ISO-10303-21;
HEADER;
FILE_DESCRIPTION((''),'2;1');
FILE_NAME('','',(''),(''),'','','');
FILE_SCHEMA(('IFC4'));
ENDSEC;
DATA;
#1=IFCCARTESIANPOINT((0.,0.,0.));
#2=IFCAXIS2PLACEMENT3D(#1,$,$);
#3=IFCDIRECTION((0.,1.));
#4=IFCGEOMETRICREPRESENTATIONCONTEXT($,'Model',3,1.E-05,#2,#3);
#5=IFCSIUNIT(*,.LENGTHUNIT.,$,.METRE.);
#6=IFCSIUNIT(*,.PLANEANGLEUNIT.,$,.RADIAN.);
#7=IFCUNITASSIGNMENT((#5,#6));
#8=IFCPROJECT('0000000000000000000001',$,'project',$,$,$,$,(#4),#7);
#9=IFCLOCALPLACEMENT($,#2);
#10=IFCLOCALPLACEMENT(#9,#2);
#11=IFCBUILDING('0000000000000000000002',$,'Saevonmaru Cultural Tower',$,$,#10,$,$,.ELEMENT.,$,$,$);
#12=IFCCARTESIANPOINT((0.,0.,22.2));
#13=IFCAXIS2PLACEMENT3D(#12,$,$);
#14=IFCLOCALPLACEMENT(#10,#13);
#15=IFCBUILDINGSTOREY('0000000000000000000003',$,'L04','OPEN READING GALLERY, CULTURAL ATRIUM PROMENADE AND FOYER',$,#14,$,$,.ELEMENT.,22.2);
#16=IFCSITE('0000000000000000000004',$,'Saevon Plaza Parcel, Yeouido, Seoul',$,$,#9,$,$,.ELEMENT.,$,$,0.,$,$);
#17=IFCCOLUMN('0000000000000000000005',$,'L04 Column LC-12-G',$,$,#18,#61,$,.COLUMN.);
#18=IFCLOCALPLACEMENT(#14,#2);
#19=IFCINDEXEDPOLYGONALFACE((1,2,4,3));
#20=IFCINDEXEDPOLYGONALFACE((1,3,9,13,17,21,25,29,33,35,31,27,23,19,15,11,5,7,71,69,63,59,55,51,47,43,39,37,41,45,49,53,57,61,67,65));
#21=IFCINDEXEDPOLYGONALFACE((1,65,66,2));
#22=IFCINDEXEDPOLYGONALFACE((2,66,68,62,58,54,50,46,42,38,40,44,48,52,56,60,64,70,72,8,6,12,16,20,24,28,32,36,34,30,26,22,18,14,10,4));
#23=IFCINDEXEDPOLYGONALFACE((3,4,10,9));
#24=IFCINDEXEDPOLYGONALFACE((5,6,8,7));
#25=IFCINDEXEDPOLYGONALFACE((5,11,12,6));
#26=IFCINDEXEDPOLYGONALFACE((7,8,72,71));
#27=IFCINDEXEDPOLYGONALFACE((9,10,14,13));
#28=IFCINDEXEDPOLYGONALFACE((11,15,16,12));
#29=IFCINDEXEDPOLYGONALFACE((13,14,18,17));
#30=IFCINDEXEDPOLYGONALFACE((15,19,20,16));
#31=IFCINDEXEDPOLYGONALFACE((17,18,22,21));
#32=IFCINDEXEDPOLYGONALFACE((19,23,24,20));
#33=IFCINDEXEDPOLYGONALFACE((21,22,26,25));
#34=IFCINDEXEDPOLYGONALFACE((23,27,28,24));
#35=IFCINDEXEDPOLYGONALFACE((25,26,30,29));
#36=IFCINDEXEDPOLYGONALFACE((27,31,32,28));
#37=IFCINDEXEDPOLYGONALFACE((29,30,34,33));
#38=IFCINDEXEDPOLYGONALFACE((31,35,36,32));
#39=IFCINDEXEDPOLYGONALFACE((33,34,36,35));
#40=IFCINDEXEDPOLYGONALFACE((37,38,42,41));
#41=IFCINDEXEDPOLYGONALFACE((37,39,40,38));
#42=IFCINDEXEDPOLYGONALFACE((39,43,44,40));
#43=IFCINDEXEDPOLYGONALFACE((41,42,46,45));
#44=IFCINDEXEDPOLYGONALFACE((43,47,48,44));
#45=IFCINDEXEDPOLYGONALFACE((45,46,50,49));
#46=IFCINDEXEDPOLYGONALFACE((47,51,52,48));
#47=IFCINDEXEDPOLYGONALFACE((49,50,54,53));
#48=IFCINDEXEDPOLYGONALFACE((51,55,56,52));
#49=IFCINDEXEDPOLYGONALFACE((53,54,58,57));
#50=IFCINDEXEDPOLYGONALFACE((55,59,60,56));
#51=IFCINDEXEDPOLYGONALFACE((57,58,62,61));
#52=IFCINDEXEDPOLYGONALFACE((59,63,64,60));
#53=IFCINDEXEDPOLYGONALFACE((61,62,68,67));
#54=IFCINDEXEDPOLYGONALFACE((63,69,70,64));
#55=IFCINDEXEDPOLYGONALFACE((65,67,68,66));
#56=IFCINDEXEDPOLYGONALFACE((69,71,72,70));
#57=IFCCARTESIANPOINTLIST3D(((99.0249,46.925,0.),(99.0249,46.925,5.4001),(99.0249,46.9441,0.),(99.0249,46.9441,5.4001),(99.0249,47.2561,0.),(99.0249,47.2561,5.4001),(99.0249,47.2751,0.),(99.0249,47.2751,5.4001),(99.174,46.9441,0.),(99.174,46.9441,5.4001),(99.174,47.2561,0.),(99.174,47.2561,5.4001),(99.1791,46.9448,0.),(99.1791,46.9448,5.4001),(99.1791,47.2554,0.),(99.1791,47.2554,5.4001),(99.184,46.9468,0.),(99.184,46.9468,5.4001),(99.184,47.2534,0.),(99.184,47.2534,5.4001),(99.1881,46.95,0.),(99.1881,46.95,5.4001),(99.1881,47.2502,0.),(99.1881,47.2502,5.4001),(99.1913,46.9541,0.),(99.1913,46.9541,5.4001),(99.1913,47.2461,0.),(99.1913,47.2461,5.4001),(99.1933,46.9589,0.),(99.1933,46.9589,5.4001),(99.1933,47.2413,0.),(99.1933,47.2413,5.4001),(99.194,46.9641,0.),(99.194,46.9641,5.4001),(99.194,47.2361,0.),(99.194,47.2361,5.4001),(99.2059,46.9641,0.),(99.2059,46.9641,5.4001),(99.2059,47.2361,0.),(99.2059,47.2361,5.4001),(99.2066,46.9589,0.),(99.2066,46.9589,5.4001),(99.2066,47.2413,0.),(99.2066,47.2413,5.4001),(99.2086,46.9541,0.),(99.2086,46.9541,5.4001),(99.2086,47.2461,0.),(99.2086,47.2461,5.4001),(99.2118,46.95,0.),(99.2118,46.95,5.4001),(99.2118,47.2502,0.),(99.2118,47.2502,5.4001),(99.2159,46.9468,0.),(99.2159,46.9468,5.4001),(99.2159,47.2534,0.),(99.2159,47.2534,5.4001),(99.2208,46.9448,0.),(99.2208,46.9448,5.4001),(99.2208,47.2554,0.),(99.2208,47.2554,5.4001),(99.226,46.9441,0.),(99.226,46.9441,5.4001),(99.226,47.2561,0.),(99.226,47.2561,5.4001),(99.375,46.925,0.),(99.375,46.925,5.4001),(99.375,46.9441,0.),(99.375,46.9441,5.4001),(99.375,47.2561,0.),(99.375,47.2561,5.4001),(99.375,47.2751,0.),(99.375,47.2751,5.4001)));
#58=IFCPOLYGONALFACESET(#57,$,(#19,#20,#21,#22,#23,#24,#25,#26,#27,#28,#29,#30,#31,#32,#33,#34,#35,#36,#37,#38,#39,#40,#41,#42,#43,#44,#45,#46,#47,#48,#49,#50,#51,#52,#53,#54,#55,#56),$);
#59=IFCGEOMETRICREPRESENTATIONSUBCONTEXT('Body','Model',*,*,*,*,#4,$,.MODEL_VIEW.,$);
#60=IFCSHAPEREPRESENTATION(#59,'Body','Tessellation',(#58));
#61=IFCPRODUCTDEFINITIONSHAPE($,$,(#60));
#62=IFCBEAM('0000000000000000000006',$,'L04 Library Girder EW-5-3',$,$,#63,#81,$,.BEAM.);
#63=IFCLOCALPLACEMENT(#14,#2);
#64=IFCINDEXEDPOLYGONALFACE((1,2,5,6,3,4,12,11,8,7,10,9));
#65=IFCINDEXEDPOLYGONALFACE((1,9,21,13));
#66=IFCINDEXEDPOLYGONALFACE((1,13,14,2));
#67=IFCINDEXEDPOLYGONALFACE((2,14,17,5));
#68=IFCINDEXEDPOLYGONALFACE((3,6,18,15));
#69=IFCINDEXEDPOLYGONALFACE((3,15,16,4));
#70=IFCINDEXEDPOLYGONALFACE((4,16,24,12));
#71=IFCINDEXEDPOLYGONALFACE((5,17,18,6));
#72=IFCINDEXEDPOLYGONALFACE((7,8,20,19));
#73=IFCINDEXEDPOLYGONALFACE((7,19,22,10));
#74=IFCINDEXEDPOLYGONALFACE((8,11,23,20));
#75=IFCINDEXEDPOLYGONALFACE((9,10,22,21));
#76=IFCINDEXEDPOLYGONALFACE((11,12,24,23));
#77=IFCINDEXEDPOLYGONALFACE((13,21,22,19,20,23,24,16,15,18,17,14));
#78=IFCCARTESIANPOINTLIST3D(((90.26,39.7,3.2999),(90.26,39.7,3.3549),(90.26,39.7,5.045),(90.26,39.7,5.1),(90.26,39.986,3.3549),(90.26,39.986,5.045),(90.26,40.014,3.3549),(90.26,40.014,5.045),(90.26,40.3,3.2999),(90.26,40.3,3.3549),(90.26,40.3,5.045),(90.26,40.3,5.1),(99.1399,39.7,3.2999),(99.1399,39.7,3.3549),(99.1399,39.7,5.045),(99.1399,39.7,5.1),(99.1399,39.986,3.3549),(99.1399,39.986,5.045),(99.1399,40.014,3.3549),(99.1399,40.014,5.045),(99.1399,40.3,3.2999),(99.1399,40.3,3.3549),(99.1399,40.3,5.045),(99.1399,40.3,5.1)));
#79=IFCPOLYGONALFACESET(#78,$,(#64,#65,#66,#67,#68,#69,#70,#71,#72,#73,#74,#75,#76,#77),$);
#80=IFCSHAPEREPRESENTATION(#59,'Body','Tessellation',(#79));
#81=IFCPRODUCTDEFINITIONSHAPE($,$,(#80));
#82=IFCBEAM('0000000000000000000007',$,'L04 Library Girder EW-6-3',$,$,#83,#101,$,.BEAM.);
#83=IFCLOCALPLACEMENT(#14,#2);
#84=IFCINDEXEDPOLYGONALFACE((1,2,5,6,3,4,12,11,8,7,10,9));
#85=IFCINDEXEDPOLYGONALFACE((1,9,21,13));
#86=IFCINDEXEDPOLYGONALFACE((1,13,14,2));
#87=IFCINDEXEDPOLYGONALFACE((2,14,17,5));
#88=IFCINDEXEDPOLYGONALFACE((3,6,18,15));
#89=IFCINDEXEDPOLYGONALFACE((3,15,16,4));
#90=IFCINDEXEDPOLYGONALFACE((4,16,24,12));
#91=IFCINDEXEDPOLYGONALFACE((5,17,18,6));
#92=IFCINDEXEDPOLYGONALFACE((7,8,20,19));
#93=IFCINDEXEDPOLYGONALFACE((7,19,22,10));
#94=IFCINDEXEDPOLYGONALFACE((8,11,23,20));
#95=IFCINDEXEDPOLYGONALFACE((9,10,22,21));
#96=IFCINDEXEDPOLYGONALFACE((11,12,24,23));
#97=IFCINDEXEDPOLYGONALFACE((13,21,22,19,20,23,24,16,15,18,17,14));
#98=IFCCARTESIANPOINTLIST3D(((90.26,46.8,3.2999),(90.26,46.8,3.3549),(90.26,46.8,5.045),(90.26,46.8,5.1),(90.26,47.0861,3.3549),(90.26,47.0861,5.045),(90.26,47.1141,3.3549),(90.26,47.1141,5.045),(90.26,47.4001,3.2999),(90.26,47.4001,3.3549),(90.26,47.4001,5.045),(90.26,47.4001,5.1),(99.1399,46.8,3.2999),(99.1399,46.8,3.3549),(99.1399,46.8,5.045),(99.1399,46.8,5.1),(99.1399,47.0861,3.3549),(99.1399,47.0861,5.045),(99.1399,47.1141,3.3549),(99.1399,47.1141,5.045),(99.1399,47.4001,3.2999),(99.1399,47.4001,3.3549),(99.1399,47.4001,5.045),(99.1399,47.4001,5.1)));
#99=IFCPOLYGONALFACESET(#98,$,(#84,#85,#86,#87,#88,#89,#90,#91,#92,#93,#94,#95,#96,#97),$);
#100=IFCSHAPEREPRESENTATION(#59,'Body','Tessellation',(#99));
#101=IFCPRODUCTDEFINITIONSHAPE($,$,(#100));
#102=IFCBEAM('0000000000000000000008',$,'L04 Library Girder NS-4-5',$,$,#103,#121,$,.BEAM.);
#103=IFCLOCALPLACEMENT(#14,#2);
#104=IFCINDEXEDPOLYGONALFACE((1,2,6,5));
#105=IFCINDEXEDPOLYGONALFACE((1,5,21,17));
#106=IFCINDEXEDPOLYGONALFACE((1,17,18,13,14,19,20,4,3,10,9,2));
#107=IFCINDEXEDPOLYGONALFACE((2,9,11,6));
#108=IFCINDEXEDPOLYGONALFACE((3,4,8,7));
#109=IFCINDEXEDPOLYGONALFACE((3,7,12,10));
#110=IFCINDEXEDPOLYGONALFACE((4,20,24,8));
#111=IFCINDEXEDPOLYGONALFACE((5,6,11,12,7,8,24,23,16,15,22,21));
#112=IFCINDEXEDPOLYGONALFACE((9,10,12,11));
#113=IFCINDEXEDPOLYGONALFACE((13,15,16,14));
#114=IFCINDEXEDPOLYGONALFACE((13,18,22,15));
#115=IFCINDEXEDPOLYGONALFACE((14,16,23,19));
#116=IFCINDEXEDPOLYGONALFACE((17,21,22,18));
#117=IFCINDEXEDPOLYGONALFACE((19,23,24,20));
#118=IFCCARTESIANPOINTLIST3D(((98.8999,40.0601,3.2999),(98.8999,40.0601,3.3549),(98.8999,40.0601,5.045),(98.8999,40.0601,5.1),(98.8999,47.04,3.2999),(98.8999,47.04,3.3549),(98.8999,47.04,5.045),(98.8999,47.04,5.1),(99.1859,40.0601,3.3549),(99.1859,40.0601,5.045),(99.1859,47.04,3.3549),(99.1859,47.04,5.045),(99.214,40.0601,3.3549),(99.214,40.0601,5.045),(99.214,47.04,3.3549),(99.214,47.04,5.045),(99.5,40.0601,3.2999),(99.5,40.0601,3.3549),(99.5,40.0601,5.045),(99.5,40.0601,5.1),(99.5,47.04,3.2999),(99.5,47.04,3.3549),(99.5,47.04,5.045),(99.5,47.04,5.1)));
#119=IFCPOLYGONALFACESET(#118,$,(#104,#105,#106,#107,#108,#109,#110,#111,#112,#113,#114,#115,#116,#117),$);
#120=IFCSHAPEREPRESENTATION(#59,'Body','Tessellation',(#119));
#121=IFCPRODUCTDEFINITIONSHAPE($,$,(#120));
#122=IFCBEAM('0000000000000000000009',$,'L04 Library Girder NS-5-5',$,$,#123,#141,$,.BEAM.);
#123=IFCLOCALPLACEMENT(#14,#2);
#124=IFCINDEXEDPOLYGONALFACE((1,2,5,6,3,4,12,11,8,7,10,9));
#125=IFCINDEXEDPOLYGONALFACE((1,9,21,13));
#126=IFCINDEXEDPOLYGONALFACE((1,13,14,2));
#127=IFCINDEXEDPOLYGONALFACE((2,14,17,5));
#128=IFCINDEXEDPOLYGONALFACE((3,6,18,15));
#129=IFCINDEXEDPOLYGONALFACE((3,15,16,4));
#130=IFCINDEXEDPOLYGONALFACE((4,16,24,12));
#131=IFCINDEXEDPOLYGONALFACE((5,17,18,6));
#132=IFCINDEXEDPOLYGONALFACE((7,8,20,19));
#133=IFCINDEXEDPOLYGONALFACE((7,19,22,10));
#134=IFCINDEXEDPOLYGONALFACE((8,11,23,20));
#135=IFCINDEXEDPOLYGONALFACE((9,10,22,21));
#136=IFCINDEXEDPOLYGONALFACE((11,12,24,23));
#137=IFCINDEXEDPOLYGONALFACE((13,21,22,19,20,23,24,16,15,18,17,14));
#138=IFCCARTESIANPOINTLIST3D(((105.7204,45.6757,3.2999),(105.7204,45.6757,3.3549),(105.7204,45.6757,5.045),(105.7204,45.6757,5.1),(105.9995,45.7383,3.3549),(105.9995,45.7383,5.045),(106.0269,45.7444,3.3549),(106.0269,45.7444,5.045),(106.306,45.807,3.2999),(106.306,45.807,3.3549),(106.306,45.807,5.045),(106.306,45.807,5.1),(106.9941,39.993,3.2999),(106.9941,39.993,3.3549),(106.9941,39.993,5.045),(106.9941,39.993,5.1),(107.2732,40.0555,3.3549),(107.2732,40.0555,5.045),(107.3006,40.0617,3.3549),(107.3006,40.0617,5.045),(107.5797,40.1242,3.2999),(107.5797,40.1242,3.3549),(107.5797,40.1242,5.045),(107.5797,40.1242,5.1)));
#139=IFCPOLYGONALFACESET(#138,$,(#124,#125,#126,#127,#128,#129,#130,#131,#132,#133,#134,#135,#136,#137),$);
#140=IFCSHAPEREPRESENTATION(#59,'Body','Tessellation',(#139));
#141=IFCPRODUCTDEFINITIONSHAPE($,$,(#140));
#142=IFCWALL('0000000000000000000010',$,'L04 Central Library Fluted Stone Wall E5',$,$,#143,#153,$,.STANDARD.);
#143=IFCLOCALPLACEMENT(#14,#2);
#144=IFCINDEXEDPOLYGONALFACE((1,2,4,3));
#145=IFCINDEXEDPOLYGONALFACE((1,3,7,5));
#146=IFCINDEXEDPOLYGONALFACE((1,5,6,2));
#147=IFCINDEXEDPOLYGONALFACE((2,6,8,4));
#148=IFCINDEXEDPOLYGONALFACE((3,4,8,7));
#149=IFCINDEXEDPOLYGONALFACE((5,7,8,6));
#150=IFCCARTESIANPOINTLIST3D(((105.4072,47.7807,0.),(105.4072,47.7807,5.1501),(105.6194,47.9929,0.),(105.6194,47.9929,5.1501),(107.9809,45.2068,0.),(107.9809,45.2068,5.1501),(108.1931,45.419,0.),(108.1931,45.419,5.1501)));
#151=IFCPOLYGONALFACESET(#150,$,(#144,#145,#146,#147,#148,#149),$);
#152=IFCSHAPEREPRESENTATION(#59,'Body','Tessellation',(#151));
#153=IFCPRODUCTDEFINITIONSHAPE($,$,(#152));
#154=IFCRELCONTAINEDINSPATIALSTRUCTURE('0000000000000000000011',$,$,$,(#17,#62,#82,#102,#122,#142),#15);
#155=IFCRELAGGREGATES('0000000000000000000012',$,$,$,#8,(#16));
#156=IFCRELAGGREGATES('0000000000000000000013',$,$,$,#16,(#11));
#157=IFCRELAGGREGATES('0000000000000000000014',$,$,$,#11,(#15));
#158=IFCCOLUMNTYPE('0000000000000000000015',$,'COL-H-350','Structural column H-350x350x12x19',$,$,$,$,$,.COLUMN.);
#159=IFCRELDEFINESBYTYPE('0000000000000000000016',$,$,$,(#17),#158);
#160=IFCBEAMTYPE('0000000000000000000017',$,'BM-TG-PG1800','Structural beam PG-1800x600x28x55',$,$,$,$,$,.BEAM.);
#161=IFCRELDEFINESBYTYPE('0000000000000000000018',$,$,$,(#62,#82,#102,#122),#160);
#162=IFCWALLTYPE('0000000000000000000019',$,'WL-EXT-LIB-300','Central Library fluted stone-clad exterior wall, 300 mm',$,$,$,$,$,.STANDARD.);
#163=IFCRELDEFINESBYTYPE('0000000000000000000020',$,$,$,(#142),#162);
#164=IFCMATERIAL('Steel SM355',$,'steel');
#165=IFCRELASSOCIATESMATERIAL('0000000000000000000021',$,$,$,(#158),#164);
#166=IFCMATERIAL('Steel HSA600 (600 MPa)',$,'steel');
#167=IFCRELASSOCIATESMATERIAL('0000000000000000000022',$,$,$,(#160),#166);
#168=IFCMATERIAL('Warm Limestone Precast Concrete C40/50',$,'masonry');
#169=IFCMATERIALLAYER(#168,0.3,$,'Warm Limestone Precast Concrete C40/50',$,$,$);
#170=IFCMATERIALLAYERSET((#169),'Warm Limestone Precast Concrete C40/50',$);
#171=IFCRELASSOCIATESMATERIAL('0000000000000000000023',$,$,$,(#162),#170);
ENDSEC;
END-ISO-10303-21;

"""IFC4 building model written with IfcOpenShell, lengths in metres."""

from ifc_helpers import new_model, si_unit, direction, frame, frame_2d, origin, origin_2d, place, context, subcontext, project, spatial, rectangle, i_section, extrude, material, layer, layer_set, material_profile, profile_set, type_object, element, save


model = new_model("IFC4")

# Units and contexts
model_context = context("Model", 3, precision=1e-05, world=origin(), true_north=direction((0.0, 1.0)))
body_context = subcontext(model_context, "Body", "Model", "MODEL_VIEW")
ifc_project = project(units=[si_unit("LENGTHUNIT", "METRE"), si_unit("PLANEANGLEUNIT", "RADIAN")], contexts=[model_context])

# Site, building, storey
site_placement = place(None, origin())
site = spatial("IfcSite", under=ifc_project, at=site_placement, Name="Saevon Plaza Parcel, Yeouido, Seoul", CompositionType="ELEMENT", RefElevation=0.0)
building_placement = place(site_placement, origin())
building = spatial("IfcBuilding", under=site, at=building_placement, Name="Saevonmaru Cultural Tower", CompositionType="ELEMENT")
storey_placement = place(building_placement, frame((0.0, 0.0, 22.2)))
storey = spatial("IfcBuildingStorey", under=building, at=storey_placement, Name="L04", Description="OPEN READING GALLERY, CULTURAL ATRIUM PROMENADE AND FOYER", CompositionType="ELEMENT", Elevation=22.2)

# Column
ifc_material_1 = material(Name="Steel SM355", Category="steel")
ifc_material_profile_1 = material_profile(ifc_material_1, i_section(OverallWidth=0.3501, OverallDepth=0.3501, WebThickness=0.012, FlangeThickness=0.019, FilletRadius=0.02, at=origin_2d()), Name="H-350x350x12x19")
ifc_profile_set_1 = profile_set([ifc_material_profile_1], Name="Steel SM355")
column_type_1 = type_object("IfcColumnType", Name="COL-H-350", Description="Structural column H-350x350x12x19", PredefinedType="COLUMN", material=ifc_profile_set_1)
for number, where, z_axis, x_axis, name in (
    (1, (99.2, 47.1001, 0.0), (0.0, 0.0, 1.0), (1.0, 0.0, 0.0), "L04 Column LC-12-G"),
):
    element("IfcColumn", number, at=place(storey_placement, frame(where, z_axis=z_axis, x_axis=x_axis)), inside=storey, type_object=column_type_1, Name=name, PredefinedType="COLUMN", context=body_context, shape_type="SweptSolid", body=[
        extrude(i_section(OverallWidth=0.3501, OverallDepth=0.3501, WebThickness=0.012, FlangeThickness=0.019, FilletRadius=0.02, at=origin_2d()), origin(), (0.0, 0.0, 1.0), 5.4001),
    ])

# Beams
ifc_material_2 = material(Name="Steel HSA600 (600 MPa)", Category="steel")
ifc_material_profile_2 = material_profile(ifc_material_2, i_section(OverallWidth=0.6001, OverallDepth=1.8, WebThickness=0.0281, FlangeThickness=0.0549, at=origin_2d()), Name="PG-1800x600x28x55")
ifc_profile_set_2 = profile_set([ifc_material_profile_2], Name="Steel HSA600 (600 MPa)")
beam_type = type_object("IfcBeamType", Name="BM-TG-PG1800", Description="Structural beam PG-1800x600x28x55", PredefinedType="BEAM", material=ifc_profile_set_2)
for number, where, z_axis, x_axis, name in (
    (2, (90.26, 40.0, 4.2), (1.0, 0.0, 0.0), (0.0, 1.0, 0.0), "L04 Library Girder EW-5-3"),
    (3, (90.26, 47.1001, 4.2), (1.0, 0.0, 0.0), (0.0, 1.0, 0.0), "L04 Library Girder EW-6-3"),
):
    element("IfcBeam", number, at=place(storey_placement, frame(where, z_axis=z_axis, x_axis=x_axis)), inside=storey, type_object=beam_type, Name=name, PredefinedType="BEAM", context=body_context, shape_type="SweptSolid", body=[
        extrude(i_section(OverallWidth=0.6001, OverallDepth=1.8, WebThickness=0.0281, FlangeThickness=0.0549, at=origin_2d()), origin(), (0.0, 0.0, 1.0), 8.8799),
    ])
beam_1_placement = place(storey_placement, frame((99.2, 40.0601, 4.2), z_axis=(0.0, 1.0, 0.0), x_axis=(-1.0, 0.0, 0.0)))
element("IfcBeam", 4, at=beam_1_placement, inside=storey, type_object=beam_type, Name="L04 Library Girder NS-4-5", PredefinedType="BEAM", context=body_context, shape_type="SweptSolid", body=[
    extrude(i_section(OverallWidth=0.6001, OverallDepth=1.8, WebThickness=0.0281, FlangeThickness=0.0549, at=origin_2d()), origin(), (0.0, 0.0, 1.0), 6.98),
])
beam_2_placement = place(storey_placement, frame((107.2869, 40.0586, 4.2), z_axis=(-0.218701, 0.975792, 0.0), x_axis=(-0.975792, -0.218701, 0.0)))
element("IfcBeam", 5, at=beam_2_placement, inside=storey, type_object=beam_type, Name="L04 Library Girder NS-5-5", PredefinedType="BEAM", context=body_context, shape_type="SweptSolid", body=[
    extrude(i_section(OverallWidth=0.6001, OverallDepth=1.8, WebThickness=0.0281, FlangeThickness=0.0549, at=origin_2d()), origin(), (0.0, 0.0, 1.0), 5.8237),
])

# Wall
ifc_material_3 = material(Name="Warm Limestone Precast Concrete C40/50", Category="masonry")
ifc_layer_1 = layer(ifc_material_3, 0.3, Name="Warm Limestone Precast Concrete C40/50")
ifc_layer_set_1 = layer_set([ifc_layer_1], Name="Warm Limestone Precast Concrete C40/50")
wall_type_1 = type_object("IfcWallType", Name="WL-EXT-LIB-300", Description="Central Library fluted stone-clad exterior wall, 300 mm", PredefinedType="STANDARD", material=ifc_layer_set_1)
wall_1_placement = place(storey_placement, frame((108.0869, 45.313, 0.0), z_axis=(0.0, 0.0, 1.0), x_axis=(-0.707073, 0.70714, 0.0)))
element("IfcWall", 6, at=wall_1_placement, inside=storey, type_object=wall_type_1, Name="L04 Central Library Fluted Stone Wall E5", PredefinedType="STANDARD", context=body_context, shape_type="SweptSolid", body=[
    extrude(rectangle(XDim=3.6399, YDim=0.3, at=frame_2d((1.8198, 0.0))), origin(), (0.0, 0.0, 1.0), 5.1501),
])

save(model, "model.ifc")
